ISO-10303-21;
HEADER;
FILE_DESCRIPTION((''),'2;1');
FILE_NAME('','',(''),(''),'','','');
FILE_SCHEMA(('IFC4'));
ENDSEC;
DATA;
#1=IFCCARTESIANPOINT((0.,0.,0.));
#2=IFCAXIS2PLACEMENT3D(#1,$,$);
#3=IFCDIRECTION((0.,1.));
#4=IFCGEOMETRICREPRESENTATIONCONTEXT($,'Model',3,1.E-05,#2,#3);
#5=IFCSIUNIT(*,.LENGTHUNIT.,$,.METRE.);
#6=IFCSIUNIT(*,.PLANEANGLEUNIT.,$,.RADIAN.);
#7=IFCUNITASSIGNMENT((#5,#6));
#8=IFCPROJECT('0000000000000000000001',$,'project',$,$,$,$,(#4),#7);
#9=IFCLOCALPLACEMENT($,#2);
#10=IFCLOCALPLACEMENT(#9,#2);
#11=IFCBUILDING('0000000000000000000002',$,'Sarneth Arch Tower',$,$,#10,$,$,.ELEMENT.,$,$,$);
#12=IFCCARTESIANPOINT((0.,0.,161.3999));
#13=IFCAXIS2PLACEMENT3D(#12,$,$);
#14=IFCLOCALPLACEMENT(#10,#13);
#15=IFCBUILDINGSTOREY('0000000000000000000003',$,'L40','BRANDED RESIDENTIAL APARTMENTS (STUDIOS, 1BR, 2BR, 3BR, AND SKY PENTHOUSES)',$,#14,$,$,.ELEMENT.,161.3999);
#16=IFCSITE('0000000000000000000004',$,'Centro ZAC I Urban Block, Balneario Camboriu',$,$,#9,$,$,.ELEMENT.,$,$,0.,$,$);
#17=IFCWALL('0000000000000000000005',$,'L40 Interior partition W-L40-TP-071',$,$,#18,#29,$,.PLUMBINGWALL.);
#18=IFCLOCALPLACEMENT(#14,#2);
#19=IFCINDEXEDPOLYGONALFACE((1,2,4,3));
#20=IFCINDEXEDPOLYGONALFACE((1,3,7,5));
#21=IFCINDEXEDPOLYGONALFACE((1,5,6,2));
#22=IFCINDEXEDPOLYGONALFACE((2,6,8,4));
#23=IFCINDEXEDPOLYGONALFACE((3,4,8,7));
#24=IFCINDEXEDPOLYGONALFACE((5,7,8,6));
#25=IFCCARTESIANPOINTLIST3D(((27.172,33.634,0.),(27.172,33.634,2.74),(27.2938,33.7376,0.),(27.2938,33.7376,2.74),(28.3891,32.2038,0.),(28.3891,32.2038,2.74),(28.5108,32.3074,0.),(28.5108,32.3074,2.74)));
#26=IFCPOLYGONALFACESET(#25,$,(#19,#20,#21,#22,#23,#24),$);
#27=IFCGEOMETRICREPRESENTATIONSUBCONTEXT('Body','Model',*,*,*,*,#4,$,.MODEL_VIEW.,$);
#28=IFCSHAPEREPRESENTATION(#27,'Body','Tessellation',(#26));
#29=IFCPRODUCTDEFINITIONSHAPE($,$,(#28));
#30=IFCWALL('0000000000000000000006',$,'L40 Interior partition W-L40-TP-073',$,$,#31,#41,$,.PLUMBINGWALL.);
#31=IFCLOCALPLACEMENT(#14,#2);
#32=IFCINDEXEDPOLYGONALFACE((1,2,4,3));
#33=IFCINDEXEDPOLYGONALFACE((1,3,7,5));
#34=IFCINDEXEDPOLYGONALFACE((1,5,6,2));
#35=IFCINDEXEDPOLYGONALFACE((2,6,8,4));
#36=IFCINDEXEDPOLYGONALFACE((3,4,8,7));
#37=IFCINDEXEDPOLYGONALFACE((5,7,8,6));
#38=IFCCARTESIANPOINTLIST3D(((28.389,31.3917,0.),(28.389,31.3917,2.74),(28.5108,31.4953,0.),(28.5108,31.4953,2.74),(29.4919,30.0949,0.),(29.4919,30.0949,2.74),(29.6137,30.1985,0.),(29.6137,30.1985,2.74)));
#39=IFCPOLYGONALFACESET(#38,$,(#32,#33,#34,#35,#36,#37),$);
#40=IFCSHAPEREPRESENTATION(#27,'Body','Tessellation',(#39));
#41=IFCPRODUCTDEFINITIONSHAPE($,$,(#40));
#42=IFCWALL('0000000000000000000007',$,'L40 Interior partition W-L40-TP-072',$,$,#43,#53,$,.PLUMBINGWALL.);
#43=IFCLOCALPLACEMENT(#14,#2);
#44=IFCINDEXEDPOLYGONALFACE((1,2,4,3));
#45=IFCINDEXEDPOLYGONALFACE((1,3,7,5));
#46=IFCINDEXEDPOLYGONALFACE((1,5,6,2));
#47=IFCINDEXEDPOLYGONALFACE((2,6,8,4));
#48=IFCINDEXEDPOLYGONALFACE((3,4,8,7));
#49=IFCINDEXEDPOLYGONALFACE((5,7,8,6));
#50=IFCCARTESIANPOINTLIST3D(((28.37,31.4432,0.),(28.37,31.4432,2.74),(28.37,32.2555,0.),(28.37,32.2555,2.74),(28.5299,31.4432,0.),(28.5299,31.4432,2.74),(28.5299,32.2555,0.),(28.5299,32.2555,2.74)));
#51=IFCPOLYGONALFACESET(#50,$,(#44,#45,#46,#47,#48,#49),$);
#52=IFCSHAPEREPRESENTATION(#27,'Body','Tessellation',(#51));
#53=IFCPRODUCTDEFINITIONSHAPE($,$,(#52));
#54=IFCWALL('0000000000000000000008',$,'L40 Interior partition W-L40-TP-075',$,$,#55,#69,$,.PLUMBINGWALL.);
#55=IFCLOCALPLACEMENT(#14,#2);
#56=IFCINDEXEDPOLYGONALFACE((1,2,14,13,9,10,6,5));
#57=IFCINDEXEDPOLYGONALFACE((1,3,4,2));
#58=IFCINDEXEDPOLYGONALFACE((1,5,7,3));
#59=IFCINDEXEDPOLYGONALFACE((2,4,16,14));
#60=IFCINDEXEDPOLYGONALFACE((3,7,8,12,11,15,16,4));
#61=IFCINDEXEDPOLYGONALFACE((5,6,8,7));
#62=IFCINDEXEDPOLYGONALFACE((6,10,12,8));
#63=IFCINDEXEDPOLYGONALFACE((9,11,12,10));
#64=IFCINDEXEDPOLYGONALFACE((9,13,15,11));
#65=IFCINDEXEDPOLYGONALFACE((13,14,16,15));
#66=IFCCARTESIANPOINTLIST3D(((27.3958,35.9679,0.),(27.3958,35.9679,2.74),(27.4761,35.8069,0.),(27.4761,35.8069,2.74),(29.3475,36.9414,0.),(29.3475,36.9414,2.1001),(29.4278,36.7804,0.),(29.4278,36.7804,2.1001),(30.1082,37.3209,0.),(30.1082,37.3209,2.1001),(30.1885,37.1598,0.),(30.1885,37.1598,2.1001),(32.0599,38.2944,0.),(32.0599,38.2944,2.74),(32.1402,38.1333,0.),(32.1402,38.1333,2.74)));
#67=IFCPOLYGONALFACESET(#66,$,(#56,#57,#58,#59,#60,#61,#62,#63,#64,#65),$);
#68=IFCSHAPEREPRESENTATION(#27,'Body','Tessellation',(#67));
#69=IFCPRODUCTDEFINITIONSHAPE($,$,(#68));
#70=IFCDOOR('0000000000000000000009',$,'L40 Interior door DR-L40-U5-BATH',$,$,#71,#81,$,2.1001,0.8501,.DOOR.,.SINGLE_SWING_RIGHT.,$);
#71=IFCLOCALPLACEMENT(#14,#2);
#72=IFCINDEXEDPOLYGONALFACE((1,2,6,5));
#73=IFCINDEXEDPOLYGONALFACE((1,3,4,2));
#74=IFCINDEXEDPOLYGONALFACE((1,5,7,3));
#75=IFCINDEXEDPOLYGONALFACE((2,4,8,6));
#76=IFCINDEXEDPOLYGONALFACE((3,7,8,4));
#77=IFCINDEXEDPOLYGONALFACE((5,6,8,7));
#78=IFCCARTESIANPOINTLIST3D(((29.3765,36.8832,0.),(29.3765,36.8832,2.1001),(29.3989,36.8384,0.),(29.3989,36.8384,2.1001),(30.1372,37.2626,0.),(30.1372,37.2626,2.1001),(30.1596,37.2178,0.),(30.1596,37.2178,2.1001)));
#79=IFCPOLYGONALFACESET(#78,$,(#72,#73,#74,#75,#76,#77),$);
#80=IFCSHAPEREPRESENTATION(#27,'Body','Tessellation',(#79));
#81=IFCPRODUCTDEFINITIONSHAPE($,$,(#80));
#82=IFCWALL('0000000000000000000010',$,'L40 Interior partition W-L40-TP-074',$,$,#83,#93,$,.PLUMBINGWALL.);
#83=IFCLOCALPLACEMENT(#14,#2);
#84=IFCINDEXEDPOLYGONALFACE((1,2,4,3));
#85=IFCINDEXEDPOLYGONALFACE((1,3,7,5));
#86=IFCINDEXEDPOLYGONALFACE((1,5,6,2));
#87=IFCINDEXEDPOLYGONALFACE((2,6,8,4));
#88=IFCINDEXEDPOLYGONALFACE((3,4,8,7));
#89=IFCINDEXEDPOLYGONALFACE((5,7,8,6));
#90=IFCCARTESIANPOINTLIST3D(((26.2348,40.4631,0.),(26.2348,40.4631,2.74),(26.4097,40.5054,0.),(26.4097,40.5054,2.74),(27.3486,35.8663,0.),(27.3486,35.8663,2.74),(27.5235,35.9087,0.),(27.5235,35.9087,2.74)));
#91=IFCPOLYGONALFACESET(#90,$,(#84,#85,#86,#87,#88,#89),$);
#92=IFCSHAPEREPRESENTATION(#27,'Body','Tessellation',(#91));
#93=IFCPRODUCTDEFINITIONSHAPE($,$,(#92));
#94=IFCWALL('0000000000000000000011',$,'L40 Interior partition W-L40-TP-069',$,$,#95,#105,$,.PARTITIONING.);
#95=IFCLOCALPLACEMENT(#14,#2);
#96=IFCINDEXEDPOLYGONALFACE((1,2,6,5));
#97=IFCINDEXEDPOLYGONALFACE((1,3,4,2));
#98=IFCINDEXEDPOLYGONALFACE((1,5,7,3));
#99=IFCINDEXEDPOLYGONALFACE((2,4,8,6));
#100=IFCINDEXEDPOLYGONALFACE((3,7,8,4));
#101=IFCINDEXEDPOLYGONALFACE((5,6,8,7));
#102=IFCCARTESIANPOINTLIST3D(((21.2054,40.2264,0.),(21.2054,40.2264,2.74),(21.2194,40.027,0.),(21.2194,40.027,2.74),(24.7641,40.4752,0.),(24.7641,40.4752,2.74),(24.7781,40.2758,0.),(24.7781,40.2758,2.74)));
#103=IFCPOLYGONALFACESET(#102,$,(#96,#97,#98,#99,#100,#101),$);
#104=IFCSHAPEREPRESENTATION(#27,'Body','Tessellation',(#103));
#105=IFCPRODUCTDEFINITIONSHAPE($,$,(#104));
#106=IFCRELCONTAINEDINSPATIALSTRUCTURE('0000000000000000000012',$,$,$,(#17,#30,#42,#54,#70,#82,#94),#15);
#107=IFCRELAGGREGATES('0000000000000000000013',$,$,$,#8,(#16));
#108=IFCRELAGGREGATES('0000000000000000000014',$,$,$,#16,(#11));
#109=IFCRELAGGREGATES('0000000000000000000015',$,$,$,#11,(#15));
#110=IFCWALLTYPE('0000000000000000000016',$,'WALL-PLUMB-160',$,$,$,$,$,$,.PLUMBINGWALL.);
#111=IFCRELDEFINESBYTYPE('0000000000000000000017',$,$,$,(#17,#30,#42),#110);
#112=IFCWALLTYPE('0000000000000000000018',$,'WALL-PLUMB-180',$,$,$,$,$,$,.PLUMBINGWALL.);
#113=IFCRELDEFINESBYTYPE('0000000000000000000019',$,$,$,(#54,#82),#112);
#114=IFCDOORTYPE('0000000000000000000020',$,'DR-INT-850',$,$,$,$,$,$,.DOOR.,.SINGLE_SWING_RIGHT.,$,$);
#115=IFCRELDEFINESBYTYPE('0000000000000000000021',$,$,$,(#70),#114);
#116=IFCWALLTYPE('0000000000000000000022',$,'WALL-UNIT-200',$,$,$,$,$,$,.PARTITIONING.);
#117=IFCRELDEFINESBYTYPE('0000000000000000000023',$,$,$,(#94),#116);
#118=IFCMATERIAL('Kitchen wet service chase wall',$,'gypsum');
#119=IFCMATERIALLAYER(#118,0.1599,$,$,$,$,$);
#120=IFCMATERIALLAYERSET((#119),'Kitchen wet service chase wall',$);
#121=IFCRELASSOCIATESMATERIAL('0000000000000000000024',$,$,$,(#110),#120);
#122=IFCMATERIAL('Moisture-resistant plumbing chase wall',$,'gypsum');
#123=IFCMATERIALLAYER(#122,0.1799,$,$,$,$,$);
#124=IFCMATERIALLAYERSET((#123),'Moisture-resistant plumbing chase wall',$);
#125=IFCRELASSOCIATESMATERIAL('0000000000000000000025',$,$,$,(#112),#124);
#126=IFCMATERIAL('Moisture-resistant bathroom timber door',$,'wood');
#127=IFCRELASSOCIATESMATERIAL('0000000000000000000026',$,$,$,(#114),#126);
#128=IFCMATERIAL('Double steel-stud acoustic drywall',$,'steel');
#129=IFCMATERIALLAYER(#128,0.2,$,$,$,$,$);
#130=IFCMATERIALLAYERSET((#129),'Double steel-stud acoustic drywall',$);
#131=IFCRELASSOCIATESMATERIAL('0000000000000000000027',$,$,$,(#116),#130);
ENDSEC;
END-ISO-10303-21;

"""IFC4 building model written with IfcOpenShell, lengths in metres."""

from ifc_helpers import new_model, si_unit, direction, frame, frame_2d, origin, place, context, subcontext, project, spatial, rectangle, extrude, material, layer, layer_set, type_object, element, fill, save


model = new_model("IFC4")

# Units and contexts
model_context = context("Model", 3, precision=1e-05, world=origin(), true_north=direction((0.0, 1.0)))
body_context = subcontext(model_context, "Body", "Model", "MODEL_VIEW")
ifc_project = project(units=[si_unit("LENGTHUNIT", "METRE"), si_unit("PLANEANGLEUNIT", "RADIAN")], contexts=[model_context])

# Site, building, storey
site_placement = place(None, origin())
site = spatial("IfcSite", under=ifc_project, at=site_placement, Name="Centro ZAC I Urban Block, Balneario Camboriu", CompositionType="ELEMENT", RefElevation=0.0)
building_placement = place(site_placement, origin())
building = spatial("IfcBuilding", under=site, at=building_placement, Name="Sarneth Arch Tower", CompositionType="ELEMENT")
storey_placement = place(building_placement, frame((0.0, 0.0, 161.3999)))
storey = spatial("IfcBuildingStorey", under=building, at=storey_placement, Name="L40", Description="BRANDED RESIDENTIAL APARTMENTS (STUDIOS, 1BR, 2BR, 3BR, AND SKY PENTHOUSES)", CompositionType="ELEMENT", Elevation=161.3999)

# Shared definitions
ifc_material_1 = material(Name="Kitchen wet service chase wall", Category="gypsum")
ifc_layer_1 = layer(ifc_material_1, 0.1599)
ifc_layer_set_1 = layer_set([ifc_layer_1], Name="Kitchen wet service chase wall")
wall_type_1 = type_object("IfcWallType", Name="WALL-PLUMB-160", PredefinedType="PLUMBINGWALL", material=ifc_layer_set_1)

# Walls
wall_1_placement = place(storey_placement, frame((27.2329, 33.6858, 0.0), z_axis=(0.0, 0.0, 1.0), x_axis=(0.648079, -0.761574, 0.0)))
element("IfcWall", 1, at=wall_1_placement, inside=storey, type_object=wall_type_1, Name="L40 Interior partition W-L40-TP-071", PredefinedType="PLUMBINGWALL", context=body_context, shape_type="SweptSolid", body=[
    extrude(rectangle(XDim=1.8779, YDim=0.1599, at=frame_2d((0.939, 0.0))), origin(), (0.0, 0.0, 1.0), 2.74),
])
wall_2_placement = place(storey_placement, frame((28.45, 31.4434, 0.0), z_axis=(0.0, 0.0, 1.0), x_axis=(0.647881, -0.761741, 0.0)))
element("IfcWall", 2, at=wall_2_placement, inside=storey, type_object=wall_type_1, Name="L40 Interior partition W-L40-TP-073", PredefinedType="PLUMBINGWALL", context=body_context, shape_type="SweptSolid", body=[
    extrude(rectangle(XDim=1.7024, YDim=0.1599, at=frame_2d((0.8511, 0.0))), origin(), (0.0, 0.0, 1.0), 2.74),
])
wall_3_placement = place(storey_placement, frame((28.45, 32.2556, 0.0), z_axis=(0.0, 0.0, 1.0), x_axis=(0.0, -1.0, 0.0)))
element("IfcWall", 3, at=wall_3_placement, inside=storey, type_object=wall_type_1, Name="L40 Interior partition W-L40-TP-072", PredefinedType="PLUMBINGWALL", context=body_context, shape_type="SweptSolid", body=[
    extrude(rectangle(XDim=0.8123, YDim=0.1599, at=frame_2d((0.4062, 0.0))), origin(), (0.0, 0.0, 1.0), 2.74),
])

# Wall, opening, door
ifc_material_2 = material(Name="Moisture-resistant plumbing chase wall", Category="gypsum")
ifc_layer_2 = layer(ifc_material_2, 0.1799)
ifc_layer_set_2 = layer_set([ifc_layer_2], Name="Moisture-resistant plumbing chase wall")
wall_type_2 = type_object("IfcWallType", Name="WALL-PLUMB-180", PredefinedType="PLUMBINGWALL", material=ifc_layer_set_2)
wall_4_placement = place(storey_placement, frame((27.436, 35.8875, 0.0), z_axis=(0.0, 0.0, 1.0), x_axis=(0.894858, 0.446352, 0.0)))
wall_4 = element("IfcWall", 4, at=wall_4_placement, inside=storey, type_object=wall_type_2, Name="L40 Interior partition W-L40-TP-075", PredefinedType="PLUMBINGWALL", context=body_context, shape_type="SweptSolid", body=[
    extrude(rectangle(XDim=5.2122, YDim=0.1799, at=frame_2d((2.606, 0.0))), origin(), (0.0, 0.0, 1.0), 2.74),
])
opening_1_placement = place(wall_4_placement, frame((2.1809, 0.0, 0.0)))
opening_1 = element("IfcOpeningElement", 5, at=opening_1_placement, cuts=wall_4, PredefinedType="OPENING", context=body_context, shape_type="SweptSolid", body=[
    extrude(rectangle(XDim=0.8501, YDim=2.1001, at=frame_2d((0.425, 1.05))), frame((0.0, 0.0999, 0.0), z_axis=(0.0, -1.0, 0.0), x_axis=(1.0, 0.0, 0.0)), (0.0, 0.0, 1.0), 0.2),
])
ifc_material_3 = material(Name="Moisture-resistant bathroom timber door", Category="wood")
door_type_1 = type_object("IfcDoorType", Name="DR-INT-850", OperationType="SINGLE_SWING_RIGHT", PredefinedType="DOOR", material=ifc_material_3)
door_1_placement = place(opening_1_placement, origin())
door_1 = element("IfcDoor", 6, at=door_1_placement, inside=storey, type_object=door_type_1, Name="L40 Interior door DR-L40-U5-BATH", OperationType="SINGLE_SWING_RIGHT", OverallHeight=2.1001, OverallWidth=0.8501, PredefinedType="DOOR", context=body_context, shape_type="SweptSolid", body=[
    extrude(rectangle(XDim=0.8501, YDim=2.1001, at=frame_2d((0.425, 1.05))), frame((0.0, 0.0249, 0.0), z_axis=(0.0, -1.0, 0.0), x_axis=(1.0, 0.0, 0.0)), (0.0, 0.0, 1.0), 0.05),
])
fill(opening_1, door_1)

# Walls
wall_5_placement = place(storey_placement, frame((26.3223, 40.4841, 0.0), z_axis=(0.0, 0.0, 1.0), x_axis=(0.235485, -0.971878, 0.0)))
element("IfcWall", 7, at=wall_5_placement, inside=storey, type_object=wall_type_2, Name="L40 Interior partition W-L40-TP-074", PredefinedType="PLUMBINGWALL", context=body_context, shape_type="SweptSolid", body=[
    extrude(rectangle(XDim=4.7297, YDim=0.1799, at=frame_2d((2.3647, 0.0))), origin(), (0.0, 0.0, 1.0), 2.74),
])
ifc_material_4 = material(Name="Double steel-stud acoustic drywall", Category="steel")
ifc_layer_3 = layer(ifc_material_4, 0.2)
ifc_layer_set_3 = layer_set([ifc_layer_3], Name="Double steel-stud acoustic drywall")
wall_type_3 = type_object("IfcWallType", Name="WALL-UNIT-200", PredefinedType="PARTITIONING", material=ifc_layer_set_3)
wall_6_placement = place(storey_placement, frame((21.2124, 40.1267, 0.0), z_axis=(0.0, 0.0, 1.0), x_axis=(0.997565, 0.069739, 0.0)))
element("IfcWall", 8, at=wall_6_placement, inside=storey, type_object=wall_type_3, Name="L40 Interior partition W-L40-TP-069", PredefinedType="PARTITIONING", context=body_context, shape_type="SweptSolid", body=[
    extrude(rectangle(XDim=3.5674, YDim=0.2, at=frame_2d((1.7837, 0.0))), origin(), (0.0, 0.0, 1.0), 2.74),
])

save(model, "model.ifc")
